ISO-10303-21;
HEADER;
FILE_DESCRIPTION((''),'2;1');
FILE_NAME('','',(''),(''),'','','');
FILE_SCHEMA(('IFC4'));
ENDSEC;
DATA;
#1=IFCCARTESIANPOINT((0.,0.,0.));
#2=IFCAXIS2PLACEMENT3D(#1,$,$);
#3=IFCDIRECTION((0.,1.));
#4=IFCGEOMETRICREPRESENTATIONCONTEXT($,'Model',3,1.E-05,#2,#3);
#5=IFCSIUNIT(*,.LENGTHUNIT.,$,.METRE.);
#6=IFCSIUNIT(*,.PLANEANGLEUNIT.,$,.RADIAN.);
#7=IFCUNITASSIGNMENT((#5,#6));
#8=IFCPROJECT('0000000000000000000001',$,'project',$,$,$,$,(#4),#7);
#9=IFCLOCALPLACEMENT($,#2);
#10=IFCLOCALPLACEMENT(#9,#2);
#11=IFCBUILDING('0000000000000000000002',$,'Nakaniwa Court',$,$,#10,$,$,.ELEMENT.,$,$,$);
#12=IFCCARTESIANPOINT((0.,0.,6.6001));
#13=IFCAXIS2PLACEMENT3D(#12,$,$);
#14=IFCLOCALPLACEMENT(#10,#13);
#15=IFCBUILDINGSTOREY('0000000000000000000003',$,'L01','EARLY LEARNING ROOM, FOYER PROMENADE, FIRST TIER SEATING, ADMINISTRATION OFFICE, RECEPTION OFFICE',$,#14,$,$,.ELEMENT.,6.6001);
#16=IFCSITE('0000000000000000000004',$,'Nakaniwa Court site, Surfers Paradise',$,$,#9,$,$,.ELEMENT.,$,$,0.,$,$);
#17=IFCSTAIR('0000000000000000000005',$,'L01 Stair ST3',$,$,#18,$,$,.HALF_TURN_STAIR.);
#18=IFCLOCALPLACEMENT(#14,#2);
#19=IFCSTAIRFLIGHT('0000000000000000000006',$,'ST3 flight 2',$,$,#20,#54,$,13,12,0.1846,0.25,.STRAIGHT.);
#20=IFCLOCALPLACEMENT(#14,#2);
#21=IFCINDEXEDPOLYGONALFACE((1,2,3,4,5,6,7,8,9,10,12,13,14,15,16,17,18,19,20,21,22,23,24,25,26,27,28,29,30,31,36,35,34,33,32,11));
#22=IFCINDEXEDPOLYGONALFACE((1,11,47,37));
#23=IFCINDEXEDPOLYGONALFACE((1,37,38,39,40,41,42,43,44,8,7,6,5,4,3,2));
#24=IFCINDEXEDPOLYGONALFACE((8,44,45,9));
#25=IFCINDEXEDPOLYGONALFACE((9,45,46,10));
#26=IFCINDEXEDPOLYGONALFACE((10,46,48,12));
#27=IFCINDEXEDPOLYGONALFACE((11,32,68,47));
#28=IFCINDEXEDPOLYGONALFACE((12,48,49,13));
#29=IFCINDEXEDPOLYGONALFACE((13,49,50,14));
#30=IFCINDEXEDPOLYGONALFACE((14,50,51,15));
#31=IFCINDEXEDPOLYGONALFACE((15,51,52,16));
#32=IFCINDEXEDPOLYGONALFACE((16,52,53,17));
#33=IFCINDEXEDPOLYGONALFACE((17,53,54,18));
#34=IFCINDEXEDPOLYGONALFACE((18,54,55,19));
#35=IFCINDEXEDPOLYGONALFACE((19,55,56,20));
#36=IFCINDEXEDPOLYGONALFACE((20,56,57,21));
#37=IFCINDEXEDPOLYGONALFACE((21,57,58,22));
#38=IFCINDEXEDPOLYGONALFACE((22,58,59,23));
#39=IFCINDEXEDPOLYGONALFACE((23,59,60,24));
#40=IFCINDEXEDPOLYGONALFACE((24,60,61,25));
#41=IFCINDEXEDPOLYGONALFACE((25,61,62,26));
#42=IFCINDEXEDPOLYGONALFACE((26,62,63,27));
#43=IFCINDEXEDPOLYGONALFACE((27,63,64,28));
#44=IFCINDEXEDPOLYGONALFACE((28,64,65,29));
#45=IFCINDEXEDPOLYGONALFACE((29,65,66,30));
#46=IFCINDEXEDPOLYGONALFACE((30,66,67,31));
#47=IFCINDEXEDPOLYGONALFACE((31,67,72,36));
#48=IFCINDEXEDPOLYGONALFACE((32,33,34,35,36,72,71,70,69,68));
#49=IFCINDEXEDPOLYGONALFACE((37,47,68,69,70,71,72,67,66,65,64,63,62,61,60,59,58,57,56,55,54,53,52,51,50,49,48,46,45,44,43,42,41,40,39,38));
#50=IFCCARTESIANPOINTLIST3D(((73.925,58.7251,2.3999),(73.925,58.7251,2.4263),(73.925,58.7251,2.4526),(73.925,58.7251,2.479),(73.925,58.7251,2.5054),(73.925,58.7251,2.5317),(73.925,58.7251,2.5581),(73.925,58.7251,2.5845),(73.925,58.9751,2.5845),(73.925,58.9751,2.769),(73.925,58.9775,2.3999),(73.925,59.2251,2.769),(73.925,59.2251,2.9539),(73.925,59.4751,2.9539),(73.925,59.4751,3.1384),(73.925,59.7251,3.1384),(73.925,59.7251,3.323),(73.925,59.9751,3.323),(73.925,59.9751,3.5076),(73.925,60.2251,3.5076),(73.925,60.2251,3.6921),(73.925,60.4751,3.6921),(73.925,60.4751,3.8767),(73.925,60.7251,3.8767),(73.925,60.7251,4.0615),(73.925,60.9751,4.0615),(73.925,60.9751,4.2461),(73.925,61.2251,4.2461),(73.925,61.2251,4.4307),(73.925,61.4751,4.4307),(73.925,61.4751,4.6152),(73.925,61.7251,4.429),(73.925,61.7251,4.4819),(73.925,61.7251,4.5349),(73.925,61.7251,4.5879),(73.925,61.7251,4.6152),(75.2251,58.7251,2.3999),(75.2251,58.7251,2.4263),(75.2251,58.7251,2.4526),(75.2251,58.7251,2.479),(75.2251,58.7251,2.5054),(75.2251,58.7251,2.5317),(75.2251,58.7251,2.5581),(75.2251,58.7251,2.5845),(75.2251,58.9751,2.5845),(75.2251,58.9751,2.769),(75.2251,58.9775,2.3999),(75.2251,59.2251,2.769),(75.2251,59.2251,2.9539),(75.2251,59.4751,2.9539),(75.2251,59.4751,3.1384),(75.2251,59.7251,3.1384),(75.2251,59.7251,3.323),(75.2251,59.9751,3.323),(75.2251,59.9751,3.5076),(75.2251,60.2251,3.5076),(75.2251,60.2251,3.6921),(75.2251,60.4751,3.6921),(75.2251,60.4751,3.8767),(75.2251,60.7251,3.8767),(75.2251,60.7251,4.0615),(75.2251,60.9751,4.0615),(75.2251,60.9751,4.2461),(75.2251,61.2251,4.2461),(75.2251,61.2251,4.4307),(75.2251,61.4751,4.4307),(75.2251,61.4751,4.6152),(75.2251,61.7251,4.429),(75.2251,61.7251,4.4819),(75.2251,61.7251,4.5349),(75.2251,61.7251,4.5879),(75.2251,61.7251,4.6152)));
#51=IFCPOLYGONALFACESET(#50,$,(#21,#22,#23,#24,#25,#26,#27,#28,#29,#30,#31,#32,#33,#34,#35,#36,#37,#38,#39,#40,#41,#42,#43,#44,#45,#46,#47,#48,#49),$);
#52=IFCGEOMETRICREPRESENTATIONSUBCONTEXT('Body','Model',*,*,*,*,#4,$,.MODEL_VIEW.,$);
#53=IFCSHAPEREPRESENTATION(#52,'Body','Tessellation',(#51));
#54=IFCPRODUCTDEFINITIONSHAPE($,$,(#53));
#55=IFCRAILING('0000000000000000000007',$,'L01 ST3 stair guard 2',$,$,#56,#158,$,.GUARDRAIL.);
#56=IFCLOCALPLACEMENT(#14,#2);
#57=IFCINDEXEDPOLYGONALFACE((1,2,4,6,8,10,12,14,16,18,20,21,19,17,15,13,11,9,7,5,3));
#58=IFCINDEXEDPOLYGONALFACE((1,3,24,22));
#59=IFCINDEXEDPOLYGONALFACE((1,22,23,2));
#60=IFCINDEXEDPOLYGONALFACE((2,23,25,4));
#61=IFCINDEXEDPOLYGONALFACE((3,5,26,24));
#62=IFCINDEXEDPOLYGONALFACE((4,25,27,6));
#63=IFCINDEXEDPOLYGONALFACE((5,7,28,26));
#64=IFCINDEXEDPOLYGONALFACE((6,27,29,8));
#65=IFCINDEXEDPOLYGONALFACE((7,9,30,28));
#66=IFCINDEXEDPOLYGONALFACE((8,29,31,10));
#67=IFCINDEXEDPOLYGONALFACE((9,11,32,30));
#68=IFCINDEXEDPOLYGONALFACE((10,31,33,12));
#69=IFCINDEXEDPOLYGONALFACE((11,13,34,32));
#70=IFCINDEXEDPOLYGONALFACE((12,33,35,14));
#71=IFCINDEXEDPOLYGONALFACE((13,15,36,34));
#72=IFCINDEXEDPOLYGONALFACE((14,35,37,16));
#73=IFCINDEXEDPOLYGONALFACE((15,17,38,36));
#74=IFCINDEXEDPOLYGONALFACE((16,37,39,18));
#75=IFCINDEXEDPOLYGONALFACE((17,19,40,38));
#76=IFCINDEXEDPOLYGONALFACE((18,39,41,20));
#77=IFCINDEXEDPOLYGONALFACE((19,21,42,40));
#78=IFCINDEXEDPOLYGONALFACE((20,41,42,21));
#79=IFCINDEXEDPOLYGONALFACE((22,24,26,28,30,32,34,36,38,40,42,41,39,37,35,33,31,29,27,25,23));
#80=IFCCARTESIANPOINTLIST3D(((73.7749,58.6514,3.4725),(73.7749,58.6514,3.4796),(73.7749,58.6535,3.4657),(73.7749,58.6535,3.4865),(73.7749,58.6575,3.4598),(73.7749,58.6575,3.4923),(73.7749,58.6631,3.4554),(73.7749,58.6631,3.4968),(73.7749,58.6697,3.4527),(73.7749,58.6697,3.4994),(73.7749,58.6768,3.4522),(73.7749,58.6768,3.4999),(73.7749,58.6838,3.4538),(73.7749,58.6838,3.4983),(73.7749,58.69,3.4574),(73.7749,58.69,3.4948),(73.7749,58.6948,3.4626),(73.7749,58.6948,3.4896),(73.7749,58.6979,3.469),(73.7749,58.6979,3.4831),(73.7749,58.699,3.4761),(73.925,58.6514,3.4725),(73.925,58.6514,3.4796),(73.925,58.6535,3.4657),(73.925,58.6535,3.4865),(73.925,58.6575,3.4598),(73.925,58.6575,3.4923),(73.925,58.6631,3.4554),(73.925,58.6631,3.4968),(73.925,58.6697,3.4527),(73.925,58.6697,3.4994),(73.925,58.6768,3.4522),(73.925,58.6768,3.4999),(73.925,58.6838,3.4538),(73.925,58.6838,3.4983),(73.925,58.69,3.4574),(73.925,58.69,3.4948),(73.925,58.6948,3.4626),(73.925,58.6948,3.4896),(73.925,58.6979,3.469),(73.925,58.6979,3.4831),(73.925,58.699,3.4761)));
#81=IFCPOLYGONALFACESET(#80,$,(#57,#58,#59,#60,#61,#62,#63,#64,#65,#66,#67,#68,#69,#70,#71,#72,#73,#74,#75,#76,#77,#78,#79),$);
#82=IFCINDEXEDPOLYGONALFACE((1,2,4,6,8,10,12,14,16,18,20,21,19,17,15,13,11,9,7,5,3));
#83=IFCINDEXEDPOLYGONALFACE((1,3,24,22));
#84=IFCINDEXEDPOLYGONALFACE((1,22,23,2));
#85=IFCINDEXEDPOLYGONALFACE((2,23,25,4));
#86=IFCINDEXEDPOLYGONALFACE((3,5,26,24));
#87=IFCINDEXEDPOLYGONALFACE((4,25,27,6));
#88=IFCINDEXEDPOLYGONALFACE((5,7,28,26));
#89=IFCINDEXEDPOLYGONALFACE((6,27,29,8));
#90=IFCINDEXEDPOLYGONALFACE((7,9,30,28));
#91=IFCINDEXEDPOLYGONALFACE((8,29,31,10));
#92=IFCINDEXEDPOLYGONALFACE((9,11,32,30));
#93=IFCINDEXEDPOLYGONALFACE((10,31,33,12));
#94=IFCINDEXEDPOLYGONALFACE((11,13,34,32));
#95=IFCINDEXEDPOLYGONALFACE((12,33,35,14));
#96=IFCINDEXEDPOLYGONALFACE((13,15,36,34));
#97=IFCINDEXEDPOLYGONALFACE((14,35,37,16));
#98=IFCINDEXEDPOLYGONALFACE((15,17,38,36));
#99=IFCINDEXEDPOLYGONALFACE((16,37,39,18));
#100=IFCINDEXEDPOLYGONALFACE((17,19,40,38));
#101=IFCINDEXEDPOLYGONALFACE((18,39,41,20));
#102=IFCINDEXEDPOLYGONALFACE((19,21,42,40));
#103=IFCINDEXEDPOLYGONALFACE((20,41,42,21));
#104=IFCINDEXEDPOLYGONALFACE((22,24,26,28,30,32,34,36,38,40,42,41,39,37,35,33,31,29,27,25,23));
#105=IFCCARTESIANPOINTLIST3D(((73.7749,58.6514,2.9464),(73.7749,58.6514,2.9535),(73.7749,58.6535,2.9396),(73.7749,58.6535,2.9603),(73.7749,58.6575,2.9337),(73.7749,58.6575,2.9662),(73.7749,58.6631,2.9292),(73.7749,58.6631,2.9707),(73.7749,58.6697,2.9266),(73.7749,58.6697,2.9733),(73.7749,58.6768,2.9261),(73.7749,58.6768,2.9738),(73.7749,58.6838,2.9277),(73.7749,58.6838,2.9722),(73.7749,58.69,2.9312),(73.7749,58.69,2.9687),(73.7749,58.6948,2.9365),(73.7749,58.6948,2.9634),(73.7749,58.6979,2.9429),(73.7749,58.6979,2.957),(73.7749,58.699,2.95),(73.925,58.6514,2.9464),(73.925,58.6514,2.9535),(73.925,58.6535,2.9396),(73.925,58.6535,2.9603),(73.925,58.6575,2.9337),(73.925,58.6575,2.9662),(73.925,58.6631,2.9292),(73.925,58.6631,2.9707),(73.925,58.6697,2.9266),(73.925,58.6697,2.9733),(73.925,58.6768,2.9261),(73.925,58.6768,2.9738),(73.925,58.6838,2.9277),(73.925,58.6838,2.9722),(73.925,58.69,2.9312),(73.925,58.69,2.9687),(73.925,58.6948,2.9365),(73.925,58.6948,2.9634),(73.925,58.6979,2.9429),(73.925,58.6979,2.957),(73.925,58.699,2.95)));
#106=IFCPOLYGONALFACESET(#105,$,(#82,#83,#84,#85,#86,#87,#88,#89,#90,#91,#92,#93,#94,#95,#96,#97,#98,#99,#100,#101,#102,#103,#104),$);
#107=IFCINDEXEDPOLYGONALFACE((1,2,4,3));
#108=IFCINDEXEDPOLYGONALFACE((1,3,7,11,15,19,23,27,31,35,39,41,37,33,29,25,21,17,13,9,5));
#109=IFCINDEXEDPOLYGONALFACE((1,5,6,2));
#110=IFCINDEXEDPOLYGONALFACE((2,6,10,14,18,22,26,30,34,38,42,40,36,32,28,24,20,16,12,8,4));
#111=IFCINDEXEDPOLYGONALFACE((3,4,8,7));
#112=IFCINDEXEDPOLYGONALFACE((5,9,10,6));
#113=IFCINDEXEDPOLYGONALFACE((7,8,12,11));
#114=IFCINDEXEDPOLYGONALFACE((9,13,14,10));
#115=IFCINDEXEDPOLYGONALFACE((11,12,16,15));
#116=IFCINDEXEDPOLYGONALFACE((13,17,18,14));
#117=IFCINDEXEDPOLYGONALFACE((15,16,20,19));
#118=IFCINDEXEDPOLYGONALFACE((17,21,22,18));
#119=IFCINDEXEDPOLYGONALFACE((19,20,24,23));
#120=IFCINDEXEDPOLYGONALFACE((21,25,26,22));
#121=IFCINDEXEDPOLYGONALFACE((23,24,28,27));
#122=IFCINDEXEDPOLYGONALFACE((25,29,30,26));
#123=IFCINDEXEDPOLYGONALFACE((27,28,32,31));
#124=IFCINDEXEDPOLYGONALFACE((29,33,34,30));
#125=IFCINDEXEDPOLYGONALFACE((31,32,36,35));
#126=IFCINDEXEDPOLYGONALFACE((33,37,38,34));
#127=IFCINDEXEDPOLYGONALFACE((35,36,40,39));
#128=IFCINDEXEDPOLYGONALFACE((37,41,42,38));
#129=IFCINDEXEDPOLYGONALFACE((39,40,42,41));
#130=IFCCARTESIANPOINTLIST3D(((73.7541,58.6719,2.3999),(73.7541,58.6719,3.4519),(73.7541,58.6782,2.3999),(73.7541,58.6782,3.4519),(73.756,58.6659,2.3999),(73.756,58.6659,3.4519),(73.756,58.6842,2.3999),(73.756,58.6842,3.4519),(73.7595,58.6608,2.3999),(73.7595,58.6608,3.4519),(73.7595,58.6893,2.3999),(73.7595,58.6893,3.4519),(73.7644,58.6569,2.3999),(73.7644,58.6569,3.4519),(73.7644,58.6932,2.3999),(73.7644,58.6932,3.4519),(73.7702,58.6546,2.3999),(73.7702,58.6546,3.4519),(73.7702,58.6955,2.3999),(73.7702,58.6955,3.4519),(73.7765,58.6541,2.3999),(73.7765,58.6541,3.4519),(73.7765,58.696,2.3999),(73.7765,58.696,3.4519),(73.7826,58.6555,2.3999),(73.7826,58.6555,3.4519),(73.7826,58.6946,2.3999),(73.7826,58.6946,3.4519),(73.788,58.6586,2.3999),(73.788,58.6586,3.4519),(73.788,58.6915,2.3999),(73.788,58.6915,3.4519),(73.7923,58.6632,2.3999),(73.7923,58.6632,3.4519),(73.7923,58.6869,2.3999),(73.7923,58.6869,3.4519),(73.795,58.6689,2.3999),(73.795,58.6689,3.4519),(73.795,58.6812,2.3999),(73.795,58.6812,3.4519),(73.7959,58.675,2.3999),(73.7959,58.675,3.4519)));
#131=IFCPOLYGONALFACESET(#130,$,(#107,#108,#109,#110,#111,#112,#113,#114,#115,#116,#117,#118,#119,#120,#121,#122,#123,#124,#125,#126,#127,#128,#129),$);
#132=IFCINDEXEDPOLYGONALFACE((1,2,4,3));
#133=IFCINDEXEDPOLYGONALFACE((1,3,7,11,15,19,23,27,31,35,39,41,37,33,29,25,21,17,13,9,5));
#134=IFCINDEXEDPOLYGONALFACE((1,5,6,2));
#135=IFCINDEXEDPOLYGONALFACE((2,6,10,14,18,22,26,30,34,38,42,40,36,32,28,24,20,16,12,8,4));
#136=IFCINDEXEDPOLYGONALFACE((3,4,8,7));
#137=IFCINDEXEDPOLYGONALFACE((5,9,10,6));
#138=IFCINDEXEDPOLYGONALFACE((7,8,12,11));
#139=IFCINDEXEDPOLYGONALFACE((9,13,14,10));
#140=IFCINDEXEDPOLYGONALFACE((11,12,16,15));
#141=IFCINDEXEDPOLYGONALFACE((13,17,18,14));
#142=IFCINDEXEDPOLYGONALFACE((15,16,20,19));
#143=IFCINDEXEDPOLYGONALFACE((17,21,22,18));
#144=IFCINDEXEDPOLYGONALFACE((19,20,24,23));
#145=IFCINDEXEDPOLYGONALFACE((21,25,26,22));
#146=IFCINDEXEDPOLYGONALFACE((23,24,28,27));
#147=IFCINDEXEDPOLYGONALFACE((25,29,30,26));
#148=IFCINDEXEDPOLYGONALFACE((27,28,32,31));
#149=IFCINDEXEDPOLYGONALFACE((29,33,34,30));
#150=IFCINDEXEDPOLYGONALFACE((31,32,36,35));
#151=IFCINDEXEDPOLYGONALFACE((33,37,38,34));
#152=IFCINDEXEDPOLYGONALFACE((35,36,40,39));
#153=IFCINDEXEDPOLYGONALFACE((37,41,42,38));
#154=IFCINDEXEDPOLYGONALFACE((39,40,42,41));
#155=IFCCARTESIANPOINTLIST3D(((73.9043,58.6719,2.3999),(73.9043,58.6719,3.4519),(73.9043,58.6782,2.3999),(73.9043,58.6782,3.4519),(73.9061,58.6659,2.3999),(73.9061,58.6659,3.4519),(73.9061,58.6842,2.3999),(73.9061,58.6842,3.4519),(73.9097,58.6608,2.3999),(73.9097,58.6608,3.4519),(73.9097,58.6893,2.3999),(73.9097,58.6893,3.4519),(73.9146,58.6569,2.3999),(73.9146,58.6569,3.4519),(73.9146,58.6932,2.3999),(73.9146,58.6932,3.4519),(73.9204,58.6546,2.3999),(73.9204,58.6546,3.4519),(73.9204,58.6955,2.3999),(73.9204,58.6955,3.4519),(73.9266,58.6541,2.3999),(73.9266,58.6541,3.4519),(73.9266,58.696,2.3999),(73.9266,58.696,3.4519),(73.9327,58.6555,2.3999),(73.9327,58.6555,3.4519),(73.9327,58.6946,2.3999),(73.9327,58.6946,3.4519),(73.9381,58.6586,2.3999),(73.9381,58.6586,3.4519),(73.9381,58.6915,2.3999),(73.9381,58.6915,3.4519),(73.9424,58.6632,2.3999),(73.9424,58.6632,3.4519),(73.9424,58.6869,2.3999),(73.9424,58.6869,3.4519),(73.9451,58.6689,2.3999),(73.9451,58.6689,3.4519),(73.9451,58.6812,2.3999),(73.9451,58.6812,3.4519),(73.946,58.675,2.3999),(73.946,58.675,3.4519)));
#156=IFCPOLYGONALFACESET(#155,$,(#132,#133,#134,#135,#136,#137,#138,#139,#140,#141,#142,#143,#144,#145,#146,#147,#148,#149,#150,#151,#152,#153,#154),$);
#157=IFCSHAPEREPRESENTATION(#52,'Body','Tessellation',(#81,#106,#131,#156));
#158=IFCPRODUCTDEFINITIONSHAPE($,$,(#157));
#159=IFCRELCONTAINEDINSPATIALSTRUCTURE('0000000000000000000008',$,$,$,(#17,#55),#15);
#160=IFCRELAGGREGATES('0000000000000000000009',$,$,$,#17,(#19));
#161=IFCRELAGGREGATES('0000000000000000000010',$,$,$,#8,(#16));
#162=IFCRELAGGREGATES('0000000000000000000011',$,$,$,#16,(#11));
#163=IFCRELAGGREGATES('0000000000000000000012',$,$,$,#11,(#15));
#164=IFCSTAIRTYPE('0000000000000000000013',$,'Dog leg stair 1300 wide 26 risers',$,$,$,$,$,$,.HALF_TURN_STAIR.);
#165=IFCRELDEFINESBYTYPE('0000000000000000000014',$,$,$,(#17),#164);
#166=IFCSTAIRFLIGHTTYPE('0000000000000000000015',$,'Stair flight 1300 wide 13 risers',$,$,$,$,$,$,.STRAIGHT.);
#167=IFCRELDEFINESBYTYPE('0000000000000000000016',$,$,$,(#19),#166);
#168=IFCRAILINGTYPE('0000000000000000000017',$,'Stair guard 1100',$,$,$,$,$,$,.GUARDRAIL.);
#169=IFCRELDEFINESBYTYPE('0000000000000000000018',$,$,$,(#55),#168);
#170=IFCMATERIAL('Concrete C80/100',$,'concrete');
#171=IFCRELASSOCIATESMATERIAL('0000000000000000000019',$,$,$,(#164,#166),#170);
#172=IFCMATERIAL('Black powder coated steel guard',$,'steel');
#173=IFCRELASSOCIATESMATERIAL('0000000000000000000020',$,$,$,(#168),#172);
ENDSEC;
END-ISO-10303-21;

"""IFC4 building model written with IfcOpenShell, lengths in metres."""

from ifc_helpers import new_model, si_unit, direction, frame, origin, origin_2d, place, context, subcontext, project, spatial, polyline, circle, outline, extrude, material, type_object, element, aggregate, save


model = new_model("IFC4")

# Units and contexts
model_context = context("Model", 3, precision=1e-05, world=origin(), true_north=direction((0.0, 1.0)))
body_context = subcontext(model_context, "Body", "Model", "MODEL_VIEW")
ifc_project = project(units=[si_unit("LENGTHUNIT", "METRE"), si_unit("PLANEANGLEUNIT", "RADIAN")], contexts=[model_context])

# Site, building, storey
site_placement = place(None, origin())
site = spatial("IfcSite", under=ifc_project, at=site_placement, Name="Nakaniwa Court site, Surfers Paradise", CompositionType="ELEMENT", RefElevation=0.0)
building_placement = place(site_placement, origin())
building = spatial("IfcBuilding", under=site, at=building_placement, Name="Nakaniwa Court", CompositionType="ELEMENT")
storey_placement = place(building_placement, frame((0.0, 0.0, 6.6001)))
storey = spatial("IfcBuildingStorey", under=building, at=storey_placement, Name="L01", Description="EARLY LEARNING ROOM, FOYER PROMENADE, FIRST TIER SEATING, ADMINISTRATION OFFICE, RECEPTION OFFICE", CompositionType="ELEMENT", Elevation=6.6001)

# Stair, stair flight
ifc_material_1 = material(Name="Concrete C80/100", Category="concrete")
stair_type = type_object("IfcStairType", Name="Dog leg stair 1300 wide 26 risers", PredefinedType="HALF_TURN_STAIR", material=ifc_material_1)
stair_placement = place(storey_placement, origin())
stair = element("IfcStair", 1, at=stair_placement, inside=storey, type_object=stair_type, Name="L01 Stair ST3", PredefinedType="HALF_TURN_STAIR")
stair_flight_type = type_object("IfcStairFlightType", Name="Stair flight 1300 wide 13 risers", PredefinedType="STRAIGHT", material=ifc_material_1)
stair_flight_placement = place(storey_placement, frame((74.575, 58.7251, 2.3999), z_axis=(0.0, 0.0, 1.0), x_axis=(0.0, 1.0, 0.0)))
stair_flight = element("IfcStairFlight", 2, at=stair_flight_placement, type_object=stair_flight_type, Name="ST3 flight 2", NumberOfRisers=13, NumberOfTreads=12, PredefinedType="STRAIGHT", RiserHeight=0.1846, TreadLength=0.25, context=body_context, shape_type="SweptSolid", body=[
    extrude(outline(polyline([(0.0, 0.0), (0.0, 0.0264), (0.0, 0.0527), (0.0, 0.0791), (0.0, 0.1055), (0.0, 0.1318), (0.0, 0.1582), (0.0, 0.1846), (0.25, 0.1846), (0.25, 0.3691), (0.5, 0.3691), (0.5, 0.554), (0.75, 0.554), (0.75, 0.7385), (1.0, 0.7385), (1.0, 0.9231), (1.25, 0.9231), (1.25, 1.1077), (1.5, 1.1077), (1.5, 1.2922), (1.75, 1.2922), (1.75, 1.4768), (2.0, 1.4768), (2.0, 1.6616), (2.25, 1.6616), (2.25, 1.8462), (2.5, 1.8462), (2.5, 2.0308), (2.75, 2.0308), (2.75, 2.2153), (3.0, 2.2153), (3.0, 2.3999), (3.0, 2.3469), (3.0, 2.2939), (3.0, 2.241), (3.0, 2.188), (3.0, 2.135), (3.0, 2.082), (3.0, 2.0291), (0.2524, 0.0), (0.0, 0.0)])), frame((0.0, 0.6499, 0.0), z_axis=(0.0, -1.0, 0.0), x_axis=(1.0, 0.0, 0.0)), (0.0, 0.0, 1.0), 1.3),
])
aggregate(stair, [stair_flight])

# Railing
ifc_material_2 = material(Name="Black powder coated steel guard", Category="steel")
railing_type_1 = type_object("IfcRailingType", Name="Stair guard 1100", PredefinedType="GUARDRAIL", material=ifc_material_2)
railing_1_placement = place(storey_placement, frame((73.7749, 58.675, 2.3999)))
element("IfcRailing", 3, at=railing_1_placement, inside=storey, type_object=railing_type_1, Name="L01 ST3 stair guard 2", PredefinedType="GUARDRAIL", context=body_context, shape_type="SweptSolid", body=[
    extrude(circle(Radius=0.0239, at=origin_2d()), frame((0.0, 0.0, 1.0762), z_axis=(1.0, 0.0, 0.0), x_axis=(0.0, 1.0, 0.0)), (0.0, 0.0, 1.0), 0.1501),
    extrude(circle(Radius=0.0239, at=origin_2d()), frame((0.0, 0.0, 0.55), z_axis=(1.0, 0.0, 0.0), x_axis=(0.0, 1.0, 0.0)), (0.0, 0.0, 1.0), 0.1501),
    extrude(circle(Radius=0.021, at=origin_2d()), origin(), (0.0, 0.0, 1.0), 1.052),
    extrude(circle(Radius=0.021, at=origin_2d()), frame((0.1501, 0.0, 0.0)), (0.0, 0.0, 1.0), 1.052),
])

save(model, "model.ifc")
